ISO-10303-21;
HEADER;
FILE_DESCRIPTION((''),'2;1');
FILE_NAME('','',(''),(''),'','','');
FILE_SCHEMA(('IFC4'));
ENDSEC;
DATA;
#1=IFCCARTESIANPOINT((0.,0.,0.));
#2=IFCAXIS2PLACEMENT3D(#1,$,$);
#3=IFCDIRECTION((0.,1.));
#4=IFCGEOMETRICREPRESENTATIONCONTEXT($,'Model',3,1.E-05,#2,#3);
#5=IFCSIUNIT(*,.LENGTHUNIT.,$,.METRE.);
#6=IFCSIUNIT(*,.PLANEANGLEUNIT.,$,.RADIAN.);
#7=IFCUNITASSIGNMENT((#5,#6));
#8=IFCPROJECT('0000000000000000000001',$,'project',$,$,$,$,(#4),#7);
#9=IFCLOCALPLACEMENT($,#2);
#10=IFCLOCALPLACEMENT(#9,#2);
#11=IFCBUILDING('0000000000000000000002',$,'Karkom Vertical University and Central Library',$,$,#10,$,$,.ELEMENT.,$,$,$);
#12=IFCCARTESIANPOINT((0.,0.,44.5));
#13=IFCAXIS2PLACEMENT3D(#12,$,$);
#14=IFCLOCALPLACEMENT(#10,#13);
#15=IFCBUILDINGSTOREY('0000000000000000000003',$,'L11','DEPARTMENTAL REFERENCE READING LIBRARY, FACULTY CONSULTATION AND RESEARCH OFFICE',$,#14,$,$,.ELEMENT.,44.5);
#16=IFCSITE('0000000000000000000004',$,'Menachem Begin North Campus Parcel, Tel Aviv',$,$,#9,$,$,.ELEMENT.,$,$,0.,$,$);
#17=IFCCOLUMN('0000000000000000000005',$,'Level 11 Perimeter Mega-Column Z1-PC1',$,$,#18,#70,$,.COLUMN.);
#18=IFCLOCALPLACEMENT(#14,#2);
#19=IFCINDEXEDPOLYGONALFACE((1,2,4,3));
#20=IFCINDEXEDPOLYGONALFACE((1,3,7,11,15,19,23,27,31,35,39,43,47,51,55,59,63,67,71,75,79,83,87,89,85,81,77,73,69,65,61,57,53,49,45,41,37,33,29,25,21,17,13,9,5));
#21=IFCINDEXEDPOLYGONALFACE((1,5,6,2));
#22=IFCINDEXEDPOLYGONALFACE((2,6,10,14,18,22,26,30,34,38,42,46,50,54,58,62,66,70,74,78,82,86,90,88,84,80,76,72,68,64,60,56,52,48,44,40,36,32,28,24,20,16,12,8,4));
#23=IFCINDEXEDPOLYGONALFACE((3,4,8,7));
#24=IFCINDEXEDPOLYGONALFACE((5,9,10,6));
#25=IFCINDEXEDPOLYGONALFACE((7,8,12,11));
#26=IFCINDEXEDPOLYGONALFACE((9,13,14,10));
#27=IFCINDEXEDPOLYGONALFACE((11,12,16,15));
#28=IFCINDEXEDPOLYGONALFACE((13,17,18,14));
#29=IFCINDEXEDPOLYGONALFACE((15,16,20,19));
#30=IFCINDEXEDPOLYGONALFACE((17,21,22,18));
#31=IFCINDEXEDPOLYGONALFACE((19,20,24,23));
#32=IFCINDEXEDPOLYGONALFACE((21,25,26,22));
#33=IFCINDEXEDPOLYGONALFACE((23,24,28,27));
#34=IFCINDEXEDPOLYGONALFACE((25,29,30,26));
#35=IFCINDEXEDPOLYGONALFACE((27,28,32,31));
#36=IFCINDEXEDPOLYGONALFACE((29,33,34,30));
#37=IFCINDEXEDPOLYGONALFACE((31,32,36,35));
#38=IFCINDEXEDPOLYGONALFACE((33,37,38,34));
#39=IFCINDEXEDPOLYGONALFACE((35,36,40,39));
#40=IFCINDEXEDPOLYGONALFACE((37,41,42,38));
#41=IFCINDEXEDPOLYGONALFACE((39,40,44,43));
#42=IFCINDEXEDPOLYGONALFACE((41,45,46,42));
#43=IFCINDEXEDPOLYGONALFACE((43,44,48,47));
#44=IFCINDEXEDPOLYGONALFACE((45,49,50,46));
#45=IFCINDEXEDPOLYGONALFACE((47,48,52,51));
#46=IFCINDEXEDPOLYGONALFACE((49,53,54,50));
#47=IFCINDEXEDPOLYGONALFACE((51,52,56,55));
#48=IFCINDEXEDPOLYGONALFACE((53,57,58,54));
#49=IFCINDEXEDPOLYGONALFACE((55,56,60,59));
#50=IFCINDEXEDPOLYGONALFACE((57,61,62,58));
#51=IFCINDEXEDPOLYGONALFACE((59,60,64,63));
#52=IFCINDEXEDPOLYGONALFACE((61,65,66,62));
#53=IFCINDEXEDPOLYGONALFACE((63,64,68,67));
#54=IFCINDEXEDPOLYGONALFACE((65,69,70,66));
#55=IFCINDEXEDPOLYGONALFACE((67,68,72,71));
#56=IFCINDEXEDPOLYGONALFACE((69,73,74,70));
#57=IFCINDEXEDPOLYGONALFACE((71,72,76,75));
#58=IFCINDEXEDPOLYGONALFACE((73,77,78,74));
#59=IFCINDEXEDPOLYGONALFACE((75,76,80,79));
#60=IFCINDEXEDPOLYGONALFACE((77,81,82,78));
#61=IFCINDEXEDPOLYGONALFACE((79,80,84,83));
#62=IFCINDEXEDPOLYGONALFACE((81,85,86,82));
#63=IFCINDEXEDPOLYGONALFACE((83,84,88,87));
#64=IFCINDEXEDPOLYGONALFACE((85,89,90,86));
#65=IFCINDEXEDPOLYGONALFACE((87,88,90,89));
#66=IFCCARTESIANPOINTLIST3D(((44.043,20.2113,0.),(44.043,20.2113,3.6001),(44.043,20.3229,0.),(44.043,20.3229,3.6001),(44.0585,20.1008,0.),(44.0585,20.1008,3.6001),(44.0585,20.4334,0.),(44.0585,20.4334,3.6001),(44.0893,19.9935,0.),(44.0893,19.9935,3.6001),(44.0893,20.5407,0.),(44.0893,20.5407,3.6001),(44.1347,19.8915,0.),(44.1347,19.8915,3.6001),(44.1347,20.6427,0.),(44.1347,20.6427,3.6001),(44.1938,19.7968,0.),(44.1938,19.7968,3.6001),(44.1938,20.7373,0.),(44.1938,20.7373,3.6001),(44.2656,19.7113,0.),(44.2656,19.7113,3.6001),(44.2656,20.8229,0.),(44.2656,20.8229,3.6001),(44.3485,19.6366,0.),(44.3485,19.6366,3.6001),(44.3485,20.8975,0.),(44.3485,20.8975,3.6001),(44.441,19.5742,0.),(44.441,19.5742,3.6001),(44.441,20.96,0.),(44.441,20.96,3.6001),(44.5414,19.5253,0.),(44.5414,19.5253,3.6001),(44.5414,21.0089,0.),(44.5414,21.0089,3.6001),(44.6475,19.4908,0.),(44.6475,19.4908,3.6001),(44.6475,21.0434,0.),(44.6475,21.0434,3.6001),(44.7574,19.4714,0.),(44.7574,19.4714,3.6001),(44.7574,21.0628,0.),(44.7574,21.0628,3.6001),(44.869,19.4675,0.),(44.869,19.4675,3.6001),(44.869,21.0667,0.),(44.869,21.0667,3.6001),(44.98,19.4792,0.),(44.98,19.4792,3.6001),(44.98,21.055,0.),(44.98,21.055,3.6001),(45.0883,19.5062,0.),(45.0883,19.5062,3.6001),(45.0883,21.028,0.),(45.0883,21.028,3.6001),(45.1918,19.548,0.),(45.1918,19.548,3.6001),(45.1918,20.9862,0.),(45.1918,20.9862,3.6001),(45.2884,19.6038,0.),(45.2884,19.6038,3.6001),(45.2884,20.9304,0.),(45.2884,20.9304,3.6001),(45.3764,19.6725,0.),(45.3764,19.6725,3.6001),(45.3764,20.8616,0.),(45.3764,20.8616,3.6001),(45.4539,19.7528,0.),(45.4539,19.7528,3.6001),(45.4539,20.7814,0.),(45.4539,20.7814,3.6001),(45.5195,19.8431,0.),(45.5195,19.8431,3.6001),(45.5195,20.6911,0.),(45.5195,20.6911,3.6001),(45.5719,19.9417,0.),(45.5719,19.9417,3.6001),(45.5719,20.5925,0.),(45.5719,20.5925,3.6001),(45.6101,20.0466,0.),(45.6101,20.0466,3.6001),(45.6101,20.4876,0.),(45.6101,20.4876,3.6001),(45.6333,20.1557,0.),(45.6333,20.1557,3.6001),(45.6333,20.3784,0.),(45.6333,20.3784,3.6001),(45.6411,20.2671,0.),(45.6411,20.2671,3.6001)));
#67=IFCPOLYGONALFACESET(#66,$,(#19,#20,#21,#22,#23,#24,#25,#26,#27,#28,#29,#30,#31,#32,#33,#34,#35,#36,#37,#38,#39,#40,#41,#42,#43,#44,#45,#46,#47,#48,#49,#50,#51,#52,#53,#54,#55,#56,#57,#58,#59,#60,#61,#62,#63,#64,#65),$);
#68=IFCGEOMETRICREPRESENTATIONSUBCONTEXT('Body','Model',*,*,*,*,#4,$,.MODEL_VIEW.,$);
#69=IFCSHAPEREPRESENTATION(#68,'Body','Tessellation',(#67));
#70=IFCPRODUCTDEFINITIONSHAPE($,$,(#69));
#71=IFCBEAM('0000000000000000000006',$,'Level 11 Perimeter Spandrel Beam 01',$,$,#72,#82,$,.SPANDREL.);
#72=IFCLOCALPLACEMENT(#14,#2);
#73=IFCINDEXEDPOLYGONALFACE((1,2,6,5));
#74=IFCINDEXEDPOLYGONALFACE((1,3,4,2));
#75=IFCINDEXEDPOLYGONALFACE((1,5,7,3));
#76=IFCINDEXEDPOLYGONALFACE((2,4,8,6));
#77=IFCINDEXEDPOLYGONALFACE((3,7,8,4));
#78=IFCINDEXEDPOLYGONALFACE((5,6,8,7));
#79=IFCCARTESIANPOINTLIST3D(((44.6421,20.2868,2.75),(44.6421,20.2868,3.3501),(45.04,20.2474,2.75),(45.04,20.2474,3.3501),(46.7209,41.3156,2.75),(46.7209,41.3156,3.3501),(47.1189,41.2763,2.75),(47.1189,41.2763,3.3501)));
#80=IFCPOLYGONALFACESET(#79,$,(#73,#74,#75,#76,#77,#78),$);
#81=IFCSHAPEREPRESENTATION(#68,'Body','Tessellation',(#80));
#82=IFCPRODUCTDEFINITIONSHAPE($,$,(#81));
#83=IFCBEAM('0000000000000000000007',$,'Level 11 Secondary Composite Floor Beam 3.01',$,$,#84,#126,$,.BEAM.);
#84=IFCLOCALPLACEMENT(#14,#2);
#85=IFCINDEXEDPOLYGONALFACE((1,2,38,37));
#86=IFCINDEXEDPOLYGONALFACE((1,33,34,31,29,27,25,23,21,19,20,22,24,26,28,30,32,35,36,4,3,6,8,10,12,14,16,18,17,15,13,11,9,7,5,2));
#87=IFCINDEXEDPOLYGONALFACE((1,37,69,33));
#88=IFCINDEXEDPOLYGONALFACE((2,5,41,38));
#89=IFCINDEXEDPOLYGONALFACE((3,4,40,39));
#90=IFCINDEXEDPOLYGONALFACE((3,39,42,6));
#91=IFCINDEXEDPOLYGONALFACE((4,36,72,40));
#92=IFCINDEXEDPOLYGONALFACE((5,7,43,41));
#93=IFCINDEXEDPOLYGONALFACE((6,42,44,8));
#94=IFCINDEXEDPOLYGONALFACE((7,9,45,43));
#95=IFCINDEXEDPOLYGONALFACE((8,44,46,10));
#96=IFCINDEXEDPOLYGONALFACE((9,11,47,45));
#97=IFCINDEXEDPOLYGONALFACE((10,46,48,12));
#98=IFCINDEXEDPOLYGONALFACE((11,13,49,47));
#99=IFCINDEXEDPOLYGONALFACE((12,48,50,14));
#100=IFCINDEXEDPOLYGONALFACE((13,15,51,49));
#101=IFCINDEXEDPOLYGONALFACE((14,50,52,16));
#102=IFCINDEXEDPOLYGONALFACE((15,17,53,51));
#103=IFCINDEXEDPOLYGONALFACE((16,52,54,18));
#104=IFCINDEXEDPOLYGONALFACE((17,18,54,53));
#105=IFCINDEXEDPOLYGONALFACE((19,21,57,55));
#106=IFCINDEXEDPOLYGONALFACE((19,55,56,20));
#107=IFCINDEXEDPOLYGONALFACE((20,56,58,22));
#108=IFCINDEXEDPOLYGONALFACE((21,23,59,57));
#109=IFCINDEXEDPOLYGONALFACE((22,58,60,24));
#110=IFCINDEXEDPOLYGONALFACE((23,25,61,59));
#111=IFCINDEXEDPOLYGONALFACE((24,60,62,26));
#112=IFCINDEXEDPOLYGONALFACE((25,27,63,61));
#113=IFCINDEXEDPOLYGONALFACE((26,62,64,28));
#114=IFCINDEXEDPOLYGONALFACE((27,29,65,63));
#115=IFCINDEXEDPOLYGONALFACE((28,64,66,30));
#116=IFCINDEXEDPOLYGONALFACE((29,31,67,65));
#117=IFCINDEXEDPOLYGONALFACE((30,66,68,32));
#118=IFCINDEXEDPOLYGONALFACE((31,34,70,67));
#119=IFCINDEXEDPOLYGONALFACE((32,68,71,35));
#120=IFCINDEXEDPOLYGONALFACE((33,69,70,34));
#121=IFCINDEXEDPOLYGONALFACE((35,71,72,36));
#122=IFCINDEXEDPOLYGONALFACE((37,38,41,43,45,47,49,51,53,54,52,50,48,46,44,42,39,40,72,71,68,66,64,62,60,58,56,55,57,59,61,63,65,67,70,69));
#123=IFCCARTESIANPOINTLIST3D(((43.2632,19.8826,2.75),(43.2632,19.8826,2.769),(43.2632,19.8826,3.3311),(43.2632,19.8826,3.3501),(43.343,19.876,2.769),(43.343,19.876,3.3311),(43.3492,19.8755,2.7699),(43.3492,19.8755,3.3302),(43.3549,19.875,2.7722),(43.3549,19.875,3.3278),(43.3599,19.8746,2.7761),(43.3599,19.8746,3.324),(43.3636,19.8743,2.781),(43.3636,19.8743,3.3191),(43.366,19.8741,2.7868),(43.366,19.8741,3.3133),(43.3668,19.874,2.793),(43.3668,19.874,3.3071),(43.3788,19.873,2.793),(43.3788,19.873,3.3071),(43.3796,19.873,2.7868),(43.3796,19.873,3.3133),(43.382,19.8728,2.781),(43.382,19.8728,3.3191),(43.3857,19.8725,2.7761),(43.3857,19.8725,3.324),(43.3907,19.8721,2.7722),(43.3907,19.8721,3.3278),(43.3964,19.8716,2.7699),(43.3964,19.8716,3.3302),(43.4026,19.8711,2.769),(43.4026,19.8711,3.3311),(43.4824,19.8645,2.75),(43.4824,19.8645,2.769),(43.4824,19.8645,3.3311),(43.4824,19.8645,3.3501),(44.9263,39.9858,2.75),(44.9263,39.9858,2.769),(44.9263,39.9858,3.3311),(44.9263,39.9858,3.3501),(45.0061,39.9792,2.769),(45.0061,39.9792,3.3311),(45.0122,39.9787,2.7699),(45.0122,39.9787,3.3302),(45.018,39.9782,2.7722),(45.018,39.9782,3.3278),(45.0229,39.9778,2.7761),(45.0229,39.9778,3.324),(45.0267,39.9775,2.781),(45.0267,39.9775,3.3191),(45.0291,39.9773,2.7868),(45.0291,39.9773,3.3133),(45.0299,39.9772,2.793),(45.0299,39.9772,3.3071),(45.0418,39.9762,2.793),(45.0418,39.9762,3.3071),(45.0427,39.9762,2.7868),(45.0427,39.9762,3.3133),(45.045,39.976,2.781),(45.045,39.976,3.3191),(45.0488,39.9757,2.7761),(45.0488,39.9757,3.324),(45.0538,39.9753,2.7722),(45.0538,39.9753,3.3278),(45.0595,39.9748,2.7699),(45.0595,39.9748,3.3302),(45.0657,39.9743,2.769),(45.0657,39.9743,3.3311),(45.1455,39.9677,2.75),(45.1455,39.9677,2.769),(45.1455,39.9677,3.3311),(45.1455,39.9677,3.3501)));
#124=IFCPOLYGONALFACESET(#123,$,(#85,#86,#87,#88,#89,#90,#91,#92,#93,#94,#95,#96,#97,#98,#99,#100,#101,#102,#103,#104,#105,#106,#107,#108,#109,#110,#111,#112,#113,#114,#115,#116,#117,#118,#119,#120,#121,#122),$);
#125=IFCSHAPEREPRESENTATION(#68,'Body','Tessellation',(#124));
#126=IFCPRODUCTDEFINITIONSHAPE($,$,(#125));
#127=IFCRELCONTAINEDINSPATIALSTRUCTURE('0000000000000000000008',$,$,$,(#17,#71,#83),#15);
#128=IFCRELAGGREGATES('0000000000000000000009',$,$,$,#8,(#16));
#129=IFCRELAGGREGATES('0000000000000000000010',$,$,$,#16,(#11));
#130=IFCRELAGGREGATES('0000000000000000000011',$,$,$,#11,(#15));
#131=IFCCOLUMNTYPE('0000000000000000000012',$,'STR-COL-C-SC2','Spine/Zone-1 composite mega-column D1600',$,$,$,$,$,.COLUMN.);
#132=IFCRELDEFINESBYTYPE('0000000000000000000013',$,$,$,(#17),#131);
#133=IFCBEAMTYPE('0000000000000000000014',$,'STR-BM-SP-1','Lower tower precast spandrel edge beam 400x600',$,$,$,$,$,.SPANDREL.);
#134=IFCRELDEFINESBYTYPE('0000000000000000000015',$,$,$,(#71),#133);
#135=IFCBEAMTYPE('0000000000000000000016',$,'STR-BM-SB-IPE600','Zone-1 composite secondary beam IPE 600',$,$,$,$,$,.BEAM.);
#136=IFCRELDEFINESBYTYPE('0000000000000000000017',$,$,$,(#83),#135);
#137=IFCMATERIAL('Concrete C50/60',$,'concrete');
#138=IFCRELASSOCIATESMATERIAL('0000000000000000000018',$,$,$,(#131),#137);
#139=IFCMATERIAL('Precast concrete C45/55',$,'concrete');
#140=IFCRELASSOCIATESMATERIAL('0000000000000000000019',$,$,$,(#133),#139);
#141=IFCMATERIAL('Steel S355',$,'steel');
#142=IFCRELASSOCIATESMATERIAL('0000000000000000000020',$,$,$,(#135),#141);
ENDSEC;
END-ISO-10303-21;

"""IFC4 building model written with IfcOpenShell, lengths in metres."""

from ifc_helpers import new_model, si_unit, direction, frame, origin, origin_with_axes, origin_2d, place, context, subcontext, project, spatial, rectangle, circle, i_section, extrude, source, transform, mapped, material, material_profile, profile_set, type_object, element, save


model = new_model("IFC4")

# Units and contexts
model_context = context("Model", 3, precision=1e-05, world=origin(), true_north=direction((0.0, 1.0)))
body_context = subcontext(model_context, "Body", "Model", "MODEL_VIEW")
ifc_project = project(units=[si_unit("LENGTHUNIT", "METRE"), si_unit("PLANEANGLEUNIT", "RADIAN")], contexts=[model_context])

# Site, building, storey
site_placement = place(None, origin())
site = spatial("IfcSite", under=ifc_project, at=site_placement, Name="Menachem Begin North Campus Parcel, Tel Aviv", CompositionType="ELEMENT", RefElevation=0.0)
building_placement = place(site_placement, origin())
building = spatial("IfcBuilding", under=site, at=building_placement, Name="Karkom Vertical University and Central Library", CompositionType="ELEMENT")
storey_placement = place(building_placement, frame((0.0, 0.0, 44.5)))
storey = spatial("IfcBuildingStorey", under=building, at=storey_placement, Name="L11", Description="DEPARTMENTAL REFERENCE READING LIBRARY, FACULTY CONSULTATION AND RESEARCH OFFICE", CompositionType="ELEMENT", Elevation=44.5)

# Column
ifc_material_1 = material(Name="Concrete C50/60", Category="concrete")
ifc_material_profile_1 = material_profile(ifc_material_1, circle(Radius=0.8, at=origin_2d()), Name="CFT-D1600")
ifc_profile_set_1 = profile_set([ifc_material_profile_1], Name="Concrete C50/60")
column_type = type_object("IfcColumnType", Name="STR-COL-C-SC2", Description="Spine/Zone-1 composite mega-column D1600", PredefinedType="COLUMN", material=ifc_profile_set_1)
shared_shape_1 = source(origin_with_axes(), body_context, "Body", "SweptSolid", [
    extrude(circle(Radius=0.8, at=origin_2d()), origin(), (0.0, 0.0, 1.0), 3.6001),
])
column_placement = place(storey_placement, frame((44.8411, 20.2671, 0.0), z_axis=(0.0, 0.0, 1.0), x_axis=(1.0, 0.0, 0.0)))
element("IfcColumn", 1, at=column_placement, inside=storey, type_object=column_type, Name="Level 11 Perimeter Mega-Column Z1-PC1", PredefinedType="COLUMN", context=body_context, shape_type="MappedRepresentation", body=[
    mapped(shared_shape_1, transform((0.0, 0.0, 0.0), scale=1.0)),
])

# Beams
ifc_material_2 = material(Name="Precast concrete C45/55", Category="concrete")
ifc_material_profile_2 = material_profile(ifc_material_2, rectangle(XDim=0.3999, YDim=0.6001, at=origin_2d()), Name="SPB-400x600")
ifc_profile_set_2 = profile_set([ifc_material_profile_2], Name="Precast concrete C45/55")
beam_type_1 = type_object("IfcBeamType", Name="STR-BM-SP-1", Description="Lower tower precast spandrel edge beam 400x600", PredefinedType="SPANDREL", material=ifc_profile_set_2)
shared_shape_2 = source(origin_with_axes(), body_context, "Body", "SweptSolid", [
    extrude(rectangle(XDim=0.3999, YDim=0.6001, at=origin_2d()), origin(), (0.0, 0.0, 1.0), 21.1313),
])
beam_1_placement = place(storey_placement, frame((44.8411, 20.2671, 3.05), z_axis=(0.098378, 0.995149, 0.0), x_axis=(-0.995149, 0.098378, 0.0)))
element("IfcBeam", 2, at=beam_1_placement, inside=storey, type_object=beam_type_1, Name="Level 11 Perimeter Spandrel Beam 01", PredefinedType="SPANDREL", context=body_context, shape_type="MappedRepresentation", body=[
    mapped(shared_shape_2, transform((0.0, 0.0, 0.0), scale=1.0)),
])
ifc_material_3 = material(Name="Steel S355", Category="steel")
ifc_material_profile_3 = material_profile(ifc_material_3, i_section(OverallWidth=0.22, OverallDepth=0.6001, WebThickness=0.012, FlangeThickness=0.019, FilletRadius=0.0239, at=origin_2d()), Name="IPE 600")
ifc_profile_set_3 = profile_set([ifc_material_profile_3], Name="Steel S355")
beam_type_2 = type_object("IfcBeamType", Name="STR-BM-SB-IPE600", Description="Zone-1 composite secondary beam IPE 600", PredefinedType="BEAM", material=ifc_profile_set_3)
shared_shape_3 = source(origin_with_axes(), body_context, "Body", "SweptSolid", [
    extrude(i_section(OverallWidth=0.22, OverallDepth=0.6001, WebThickness=0.012, FlangeThickness=0.019, FilletRadius=0.0239, at=origin_2d()), origin(), (0.0, 0.0, 1.0), 20.1719),
])
beam_2_placement = place(storey_placement, frame((43.3728, 19.8735, 3.05), z_axis=(0.082445, 0.996596, 0.0), x_axis=(-0.996596, 0.082445, 0.0)))
element("IfcBeam", 3, at=beam_2_placement, inside=storey, type_object=beam_type_2, Name="Level 11 Secondary Composite Floor Beam 3.01", PredefinedType="BEAM", context=body_context, shape_type="MappedRepresentation", body=[
    mapped(shared_shape_3, transform((0.0, 0.0, 0.0), scale=1.0)),
])

save(model, "model.ifc")
